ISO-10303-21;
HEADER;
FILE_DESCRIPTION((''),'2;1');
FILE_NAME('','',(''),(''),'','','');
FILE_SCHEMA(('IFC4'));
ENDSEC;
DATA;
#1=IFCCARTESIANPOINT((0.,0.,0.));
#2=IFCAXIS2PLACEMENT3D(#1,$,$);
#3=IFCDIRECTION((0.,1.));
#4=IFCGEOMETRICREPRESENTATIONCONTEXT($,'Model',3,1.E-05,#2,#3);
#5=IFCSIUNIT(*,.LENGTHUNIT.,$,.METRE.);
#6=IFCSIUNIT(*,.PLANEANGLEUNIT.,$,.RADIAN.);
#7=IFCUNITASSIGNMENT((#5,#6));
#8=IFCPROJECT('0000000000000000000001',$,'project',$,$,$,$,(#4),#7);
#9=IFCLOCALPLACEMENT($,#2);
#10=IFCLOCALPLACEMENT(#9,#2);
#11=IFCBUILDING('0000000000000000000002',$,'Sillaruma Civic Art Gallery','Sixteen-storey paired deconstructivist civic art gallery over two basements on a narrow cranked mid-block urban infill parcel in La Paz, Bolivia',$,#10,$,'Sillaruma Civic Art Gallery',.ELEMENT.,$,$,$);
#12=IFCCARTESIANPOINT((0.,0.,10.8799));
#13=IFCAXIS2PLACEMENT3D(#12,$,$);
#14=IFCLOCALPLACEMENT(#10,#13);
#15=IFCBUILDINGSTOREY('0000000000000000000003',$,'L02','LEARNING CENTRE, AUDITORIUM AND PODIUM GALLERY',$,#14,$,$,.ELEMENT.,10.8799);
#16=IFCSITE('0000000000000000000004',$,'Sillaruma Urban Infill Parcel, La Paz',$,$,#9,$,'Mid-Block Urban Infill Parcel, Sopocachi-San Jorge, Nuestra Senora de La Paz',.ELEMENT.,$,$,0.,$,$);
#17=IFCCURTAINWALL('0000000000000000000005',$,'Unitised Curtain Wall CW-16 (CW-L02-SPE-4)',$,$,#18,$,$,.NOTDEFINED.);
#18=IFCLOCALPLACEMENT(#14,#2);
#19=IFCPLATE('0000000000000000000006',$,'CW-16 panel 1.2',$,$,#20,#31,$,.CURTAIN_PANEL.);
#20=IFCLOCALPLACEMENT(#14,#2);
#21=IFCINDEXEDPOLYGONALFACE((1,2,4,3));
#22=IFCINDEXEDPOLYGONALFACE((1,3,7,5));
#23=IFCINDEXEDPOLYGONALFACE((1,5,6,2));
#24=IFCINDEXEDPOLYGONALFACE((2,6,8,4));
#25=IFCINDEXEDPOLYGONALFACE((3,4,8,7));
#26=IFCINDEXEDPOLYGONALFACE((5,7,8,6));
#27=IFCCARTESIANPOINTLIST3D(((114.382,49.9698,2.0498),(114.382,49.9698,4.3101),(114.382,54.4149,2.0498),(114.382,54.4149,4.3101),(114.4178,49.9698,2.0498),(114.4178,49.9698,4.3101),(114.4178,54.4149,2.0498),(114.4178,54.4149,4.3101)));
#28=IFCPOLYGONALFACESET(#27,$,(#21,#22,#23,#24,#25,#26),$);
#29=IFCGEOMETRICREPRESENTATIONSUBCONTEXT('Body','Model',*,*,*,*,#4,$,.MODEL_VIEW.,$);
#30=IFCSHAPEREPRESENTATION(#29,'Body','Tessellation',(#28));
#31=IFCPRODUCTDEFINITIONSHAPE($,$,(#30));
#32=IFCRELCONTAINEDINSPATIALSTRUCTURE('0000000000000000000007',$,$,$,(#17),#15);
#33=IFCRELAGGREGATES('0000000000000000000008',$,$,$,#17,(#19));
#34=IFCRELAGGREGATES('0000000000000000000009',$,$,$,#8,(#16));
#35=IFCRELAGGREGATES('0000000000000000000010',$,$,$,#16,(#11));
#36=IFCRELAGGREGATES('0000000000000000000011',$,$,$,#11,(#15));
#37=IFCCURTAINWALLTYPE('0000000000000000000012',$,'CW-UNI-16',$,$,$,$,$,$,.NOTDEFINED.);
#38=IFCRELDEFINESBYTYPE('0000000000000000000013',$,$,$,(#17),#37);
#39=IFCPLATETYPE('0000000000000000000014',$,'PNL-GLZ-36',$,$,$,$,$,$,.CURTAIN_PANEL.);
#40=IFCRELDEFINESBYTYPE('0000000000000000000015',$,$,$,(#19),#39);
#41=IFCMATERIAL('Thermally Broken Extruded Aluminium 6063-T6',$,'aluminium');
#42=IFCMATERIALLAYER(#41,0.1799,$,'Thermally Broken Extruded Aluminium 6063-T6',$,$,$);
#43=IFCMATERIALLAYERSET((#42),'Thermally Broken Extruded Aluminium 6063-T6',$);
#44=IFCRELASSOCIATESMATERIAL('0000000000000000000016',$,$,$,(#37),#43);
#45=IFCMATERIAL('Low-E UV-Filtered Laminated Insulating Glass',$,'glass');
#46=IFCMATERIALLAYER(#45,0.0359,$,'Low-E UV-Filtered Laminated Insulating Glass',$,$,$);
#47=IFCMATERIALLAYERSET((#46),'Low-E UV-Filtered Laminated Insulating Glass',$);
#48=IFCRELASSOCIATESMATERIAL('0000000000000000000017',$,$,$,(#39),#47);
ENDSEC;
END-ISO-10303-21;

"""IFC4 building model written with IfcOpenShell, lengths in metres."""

from ifc_helpers import new_model, si_unit, direction, frame, origin, origin_2d, place, context, subcontext, project, spatial, rectangle, extrude, material, layer, layer_set, type_object, element, aggregate, save


model = new_model("IFC4")

# Units and contexts
model_context = context("Model", 3, precision=1e-05, world=origin(), true_north=direction((0.0, 1.0)))
body_context = subcontext(model_context, "Body", "Model", "MODEL_VIEW")
ifc_project = project(units=[si_unit("LENGTHUNIT", "METRE"), si_unit("PLANEANGLEUNIT", "RADIAN")], contexts=[model_context])

# Site, building, storey
site_placement = place(None, origin())
site = spatial("IfcSite", under=ifc_project, at=site_placement, Name="Sillaruma Urban Infill Parcel, La Paz", LongName="Mid-Block Urban Infill Parcel, Sopocachi-San Jorge, Nuestra Senora de La Paz", CompositionType="ELEMENT", RefElevation=0.0)
building_placement = place(site_placement, origin())
building = spatial("IfcBuilding", under=site, at=building_placement, Name="Sillaruma Civic Art Gallery", Description="Sixteen-storey paired deconstructivist civic art gallery over two basements on a narrow cranked mid-block urban infill parcel in La Paz, Bolivia", LongName="Sillaruma Civic Art Gallery", CompositionType="ELEMENT")
storey_placement = place(building_placement, frame((0.0, 0.0, 10.8799)))
storey = spatial("IfcBuildingStorey", under=building, at=storey_placement, Name="L02", Description="LEARNING CENTRE, AUDITORIUM AND PODIUM GALLERY", CompositionType="ELEMENT", Elevation=10.8799)

# Curtain wall
ifc_material_1 = material(Name="Thermally Broken Extruded Aluminium 6063-T6", Category="aluminium")
ifc_layer_1 = layer(ifc_material_1, 0.1799, Name="Thermally Broken Extruded Aluminium 6063-T6")
ifc_layer_set_1 = layer_set([ifc_layer_1], Name="Thermally Broken Extruded Aluminium 6063-T6")
curtain_wall_type_1 = type_object("IfcCurtainWallType", Name="CW-UNI-16", PredefinedType="NOTDEFINED", material=ifc_layer_set_1)
curtain_wall_1_placement = place(storey_placement, origin())
curtain_wall_1 = element("IfcCurtainWall", 1, at=curtain_wall_1_placement, inside=storey, type_object=curtain_wall_type_1, Name="Unitised Curtain Wall CW-16 (CW-L02-SPE-4)", PredefinedType="NOTDEFINED")

# Plate
ifc_material_2 = material(Name="Low-E UV-Filtered Laminated Insulating Glass", Category="glass")
ifc_layer_2 = layer(ifc_material_2, 0.0359, Name="Low-E UV-Filtered Laminated Insulating Glass")
ifc_layer_set_2 = layer_set([ifc_layer_2], Name="Low-E UV-Filtered Laminated Insulating Glass")
plate_type_1 = type_object("IfcPlateType", Name="PNL-GLZ-36", PredefinedType="CURTAIN_PANEL", material=ifc_layer_set_2)
plate_1_placement = place(storey_placement, frame((114.3999, 52.1924, 2.0498), z_axis=(0.0, 0.0, 1.0), x_axis=(0.0, 1.0, 0.0)))
plate_1 = element("IfcPlate", 2, at=plate_1_placement, type_object=plate_type_1, Name="CW-16 panel 1.2", PredefinedType="CURTAIN_PANEL", context=body_context, shape_type="SweptSolid", body=[
    extrude(rectangle(XDim=4.4451, YDim=0.0359, at=origin_2d()), origin(), (0.0, 0.0, 1.0), 2.2603),
])
aggregate(curtain_wall_1, [plate_1])

save(model, "model.ifc")
